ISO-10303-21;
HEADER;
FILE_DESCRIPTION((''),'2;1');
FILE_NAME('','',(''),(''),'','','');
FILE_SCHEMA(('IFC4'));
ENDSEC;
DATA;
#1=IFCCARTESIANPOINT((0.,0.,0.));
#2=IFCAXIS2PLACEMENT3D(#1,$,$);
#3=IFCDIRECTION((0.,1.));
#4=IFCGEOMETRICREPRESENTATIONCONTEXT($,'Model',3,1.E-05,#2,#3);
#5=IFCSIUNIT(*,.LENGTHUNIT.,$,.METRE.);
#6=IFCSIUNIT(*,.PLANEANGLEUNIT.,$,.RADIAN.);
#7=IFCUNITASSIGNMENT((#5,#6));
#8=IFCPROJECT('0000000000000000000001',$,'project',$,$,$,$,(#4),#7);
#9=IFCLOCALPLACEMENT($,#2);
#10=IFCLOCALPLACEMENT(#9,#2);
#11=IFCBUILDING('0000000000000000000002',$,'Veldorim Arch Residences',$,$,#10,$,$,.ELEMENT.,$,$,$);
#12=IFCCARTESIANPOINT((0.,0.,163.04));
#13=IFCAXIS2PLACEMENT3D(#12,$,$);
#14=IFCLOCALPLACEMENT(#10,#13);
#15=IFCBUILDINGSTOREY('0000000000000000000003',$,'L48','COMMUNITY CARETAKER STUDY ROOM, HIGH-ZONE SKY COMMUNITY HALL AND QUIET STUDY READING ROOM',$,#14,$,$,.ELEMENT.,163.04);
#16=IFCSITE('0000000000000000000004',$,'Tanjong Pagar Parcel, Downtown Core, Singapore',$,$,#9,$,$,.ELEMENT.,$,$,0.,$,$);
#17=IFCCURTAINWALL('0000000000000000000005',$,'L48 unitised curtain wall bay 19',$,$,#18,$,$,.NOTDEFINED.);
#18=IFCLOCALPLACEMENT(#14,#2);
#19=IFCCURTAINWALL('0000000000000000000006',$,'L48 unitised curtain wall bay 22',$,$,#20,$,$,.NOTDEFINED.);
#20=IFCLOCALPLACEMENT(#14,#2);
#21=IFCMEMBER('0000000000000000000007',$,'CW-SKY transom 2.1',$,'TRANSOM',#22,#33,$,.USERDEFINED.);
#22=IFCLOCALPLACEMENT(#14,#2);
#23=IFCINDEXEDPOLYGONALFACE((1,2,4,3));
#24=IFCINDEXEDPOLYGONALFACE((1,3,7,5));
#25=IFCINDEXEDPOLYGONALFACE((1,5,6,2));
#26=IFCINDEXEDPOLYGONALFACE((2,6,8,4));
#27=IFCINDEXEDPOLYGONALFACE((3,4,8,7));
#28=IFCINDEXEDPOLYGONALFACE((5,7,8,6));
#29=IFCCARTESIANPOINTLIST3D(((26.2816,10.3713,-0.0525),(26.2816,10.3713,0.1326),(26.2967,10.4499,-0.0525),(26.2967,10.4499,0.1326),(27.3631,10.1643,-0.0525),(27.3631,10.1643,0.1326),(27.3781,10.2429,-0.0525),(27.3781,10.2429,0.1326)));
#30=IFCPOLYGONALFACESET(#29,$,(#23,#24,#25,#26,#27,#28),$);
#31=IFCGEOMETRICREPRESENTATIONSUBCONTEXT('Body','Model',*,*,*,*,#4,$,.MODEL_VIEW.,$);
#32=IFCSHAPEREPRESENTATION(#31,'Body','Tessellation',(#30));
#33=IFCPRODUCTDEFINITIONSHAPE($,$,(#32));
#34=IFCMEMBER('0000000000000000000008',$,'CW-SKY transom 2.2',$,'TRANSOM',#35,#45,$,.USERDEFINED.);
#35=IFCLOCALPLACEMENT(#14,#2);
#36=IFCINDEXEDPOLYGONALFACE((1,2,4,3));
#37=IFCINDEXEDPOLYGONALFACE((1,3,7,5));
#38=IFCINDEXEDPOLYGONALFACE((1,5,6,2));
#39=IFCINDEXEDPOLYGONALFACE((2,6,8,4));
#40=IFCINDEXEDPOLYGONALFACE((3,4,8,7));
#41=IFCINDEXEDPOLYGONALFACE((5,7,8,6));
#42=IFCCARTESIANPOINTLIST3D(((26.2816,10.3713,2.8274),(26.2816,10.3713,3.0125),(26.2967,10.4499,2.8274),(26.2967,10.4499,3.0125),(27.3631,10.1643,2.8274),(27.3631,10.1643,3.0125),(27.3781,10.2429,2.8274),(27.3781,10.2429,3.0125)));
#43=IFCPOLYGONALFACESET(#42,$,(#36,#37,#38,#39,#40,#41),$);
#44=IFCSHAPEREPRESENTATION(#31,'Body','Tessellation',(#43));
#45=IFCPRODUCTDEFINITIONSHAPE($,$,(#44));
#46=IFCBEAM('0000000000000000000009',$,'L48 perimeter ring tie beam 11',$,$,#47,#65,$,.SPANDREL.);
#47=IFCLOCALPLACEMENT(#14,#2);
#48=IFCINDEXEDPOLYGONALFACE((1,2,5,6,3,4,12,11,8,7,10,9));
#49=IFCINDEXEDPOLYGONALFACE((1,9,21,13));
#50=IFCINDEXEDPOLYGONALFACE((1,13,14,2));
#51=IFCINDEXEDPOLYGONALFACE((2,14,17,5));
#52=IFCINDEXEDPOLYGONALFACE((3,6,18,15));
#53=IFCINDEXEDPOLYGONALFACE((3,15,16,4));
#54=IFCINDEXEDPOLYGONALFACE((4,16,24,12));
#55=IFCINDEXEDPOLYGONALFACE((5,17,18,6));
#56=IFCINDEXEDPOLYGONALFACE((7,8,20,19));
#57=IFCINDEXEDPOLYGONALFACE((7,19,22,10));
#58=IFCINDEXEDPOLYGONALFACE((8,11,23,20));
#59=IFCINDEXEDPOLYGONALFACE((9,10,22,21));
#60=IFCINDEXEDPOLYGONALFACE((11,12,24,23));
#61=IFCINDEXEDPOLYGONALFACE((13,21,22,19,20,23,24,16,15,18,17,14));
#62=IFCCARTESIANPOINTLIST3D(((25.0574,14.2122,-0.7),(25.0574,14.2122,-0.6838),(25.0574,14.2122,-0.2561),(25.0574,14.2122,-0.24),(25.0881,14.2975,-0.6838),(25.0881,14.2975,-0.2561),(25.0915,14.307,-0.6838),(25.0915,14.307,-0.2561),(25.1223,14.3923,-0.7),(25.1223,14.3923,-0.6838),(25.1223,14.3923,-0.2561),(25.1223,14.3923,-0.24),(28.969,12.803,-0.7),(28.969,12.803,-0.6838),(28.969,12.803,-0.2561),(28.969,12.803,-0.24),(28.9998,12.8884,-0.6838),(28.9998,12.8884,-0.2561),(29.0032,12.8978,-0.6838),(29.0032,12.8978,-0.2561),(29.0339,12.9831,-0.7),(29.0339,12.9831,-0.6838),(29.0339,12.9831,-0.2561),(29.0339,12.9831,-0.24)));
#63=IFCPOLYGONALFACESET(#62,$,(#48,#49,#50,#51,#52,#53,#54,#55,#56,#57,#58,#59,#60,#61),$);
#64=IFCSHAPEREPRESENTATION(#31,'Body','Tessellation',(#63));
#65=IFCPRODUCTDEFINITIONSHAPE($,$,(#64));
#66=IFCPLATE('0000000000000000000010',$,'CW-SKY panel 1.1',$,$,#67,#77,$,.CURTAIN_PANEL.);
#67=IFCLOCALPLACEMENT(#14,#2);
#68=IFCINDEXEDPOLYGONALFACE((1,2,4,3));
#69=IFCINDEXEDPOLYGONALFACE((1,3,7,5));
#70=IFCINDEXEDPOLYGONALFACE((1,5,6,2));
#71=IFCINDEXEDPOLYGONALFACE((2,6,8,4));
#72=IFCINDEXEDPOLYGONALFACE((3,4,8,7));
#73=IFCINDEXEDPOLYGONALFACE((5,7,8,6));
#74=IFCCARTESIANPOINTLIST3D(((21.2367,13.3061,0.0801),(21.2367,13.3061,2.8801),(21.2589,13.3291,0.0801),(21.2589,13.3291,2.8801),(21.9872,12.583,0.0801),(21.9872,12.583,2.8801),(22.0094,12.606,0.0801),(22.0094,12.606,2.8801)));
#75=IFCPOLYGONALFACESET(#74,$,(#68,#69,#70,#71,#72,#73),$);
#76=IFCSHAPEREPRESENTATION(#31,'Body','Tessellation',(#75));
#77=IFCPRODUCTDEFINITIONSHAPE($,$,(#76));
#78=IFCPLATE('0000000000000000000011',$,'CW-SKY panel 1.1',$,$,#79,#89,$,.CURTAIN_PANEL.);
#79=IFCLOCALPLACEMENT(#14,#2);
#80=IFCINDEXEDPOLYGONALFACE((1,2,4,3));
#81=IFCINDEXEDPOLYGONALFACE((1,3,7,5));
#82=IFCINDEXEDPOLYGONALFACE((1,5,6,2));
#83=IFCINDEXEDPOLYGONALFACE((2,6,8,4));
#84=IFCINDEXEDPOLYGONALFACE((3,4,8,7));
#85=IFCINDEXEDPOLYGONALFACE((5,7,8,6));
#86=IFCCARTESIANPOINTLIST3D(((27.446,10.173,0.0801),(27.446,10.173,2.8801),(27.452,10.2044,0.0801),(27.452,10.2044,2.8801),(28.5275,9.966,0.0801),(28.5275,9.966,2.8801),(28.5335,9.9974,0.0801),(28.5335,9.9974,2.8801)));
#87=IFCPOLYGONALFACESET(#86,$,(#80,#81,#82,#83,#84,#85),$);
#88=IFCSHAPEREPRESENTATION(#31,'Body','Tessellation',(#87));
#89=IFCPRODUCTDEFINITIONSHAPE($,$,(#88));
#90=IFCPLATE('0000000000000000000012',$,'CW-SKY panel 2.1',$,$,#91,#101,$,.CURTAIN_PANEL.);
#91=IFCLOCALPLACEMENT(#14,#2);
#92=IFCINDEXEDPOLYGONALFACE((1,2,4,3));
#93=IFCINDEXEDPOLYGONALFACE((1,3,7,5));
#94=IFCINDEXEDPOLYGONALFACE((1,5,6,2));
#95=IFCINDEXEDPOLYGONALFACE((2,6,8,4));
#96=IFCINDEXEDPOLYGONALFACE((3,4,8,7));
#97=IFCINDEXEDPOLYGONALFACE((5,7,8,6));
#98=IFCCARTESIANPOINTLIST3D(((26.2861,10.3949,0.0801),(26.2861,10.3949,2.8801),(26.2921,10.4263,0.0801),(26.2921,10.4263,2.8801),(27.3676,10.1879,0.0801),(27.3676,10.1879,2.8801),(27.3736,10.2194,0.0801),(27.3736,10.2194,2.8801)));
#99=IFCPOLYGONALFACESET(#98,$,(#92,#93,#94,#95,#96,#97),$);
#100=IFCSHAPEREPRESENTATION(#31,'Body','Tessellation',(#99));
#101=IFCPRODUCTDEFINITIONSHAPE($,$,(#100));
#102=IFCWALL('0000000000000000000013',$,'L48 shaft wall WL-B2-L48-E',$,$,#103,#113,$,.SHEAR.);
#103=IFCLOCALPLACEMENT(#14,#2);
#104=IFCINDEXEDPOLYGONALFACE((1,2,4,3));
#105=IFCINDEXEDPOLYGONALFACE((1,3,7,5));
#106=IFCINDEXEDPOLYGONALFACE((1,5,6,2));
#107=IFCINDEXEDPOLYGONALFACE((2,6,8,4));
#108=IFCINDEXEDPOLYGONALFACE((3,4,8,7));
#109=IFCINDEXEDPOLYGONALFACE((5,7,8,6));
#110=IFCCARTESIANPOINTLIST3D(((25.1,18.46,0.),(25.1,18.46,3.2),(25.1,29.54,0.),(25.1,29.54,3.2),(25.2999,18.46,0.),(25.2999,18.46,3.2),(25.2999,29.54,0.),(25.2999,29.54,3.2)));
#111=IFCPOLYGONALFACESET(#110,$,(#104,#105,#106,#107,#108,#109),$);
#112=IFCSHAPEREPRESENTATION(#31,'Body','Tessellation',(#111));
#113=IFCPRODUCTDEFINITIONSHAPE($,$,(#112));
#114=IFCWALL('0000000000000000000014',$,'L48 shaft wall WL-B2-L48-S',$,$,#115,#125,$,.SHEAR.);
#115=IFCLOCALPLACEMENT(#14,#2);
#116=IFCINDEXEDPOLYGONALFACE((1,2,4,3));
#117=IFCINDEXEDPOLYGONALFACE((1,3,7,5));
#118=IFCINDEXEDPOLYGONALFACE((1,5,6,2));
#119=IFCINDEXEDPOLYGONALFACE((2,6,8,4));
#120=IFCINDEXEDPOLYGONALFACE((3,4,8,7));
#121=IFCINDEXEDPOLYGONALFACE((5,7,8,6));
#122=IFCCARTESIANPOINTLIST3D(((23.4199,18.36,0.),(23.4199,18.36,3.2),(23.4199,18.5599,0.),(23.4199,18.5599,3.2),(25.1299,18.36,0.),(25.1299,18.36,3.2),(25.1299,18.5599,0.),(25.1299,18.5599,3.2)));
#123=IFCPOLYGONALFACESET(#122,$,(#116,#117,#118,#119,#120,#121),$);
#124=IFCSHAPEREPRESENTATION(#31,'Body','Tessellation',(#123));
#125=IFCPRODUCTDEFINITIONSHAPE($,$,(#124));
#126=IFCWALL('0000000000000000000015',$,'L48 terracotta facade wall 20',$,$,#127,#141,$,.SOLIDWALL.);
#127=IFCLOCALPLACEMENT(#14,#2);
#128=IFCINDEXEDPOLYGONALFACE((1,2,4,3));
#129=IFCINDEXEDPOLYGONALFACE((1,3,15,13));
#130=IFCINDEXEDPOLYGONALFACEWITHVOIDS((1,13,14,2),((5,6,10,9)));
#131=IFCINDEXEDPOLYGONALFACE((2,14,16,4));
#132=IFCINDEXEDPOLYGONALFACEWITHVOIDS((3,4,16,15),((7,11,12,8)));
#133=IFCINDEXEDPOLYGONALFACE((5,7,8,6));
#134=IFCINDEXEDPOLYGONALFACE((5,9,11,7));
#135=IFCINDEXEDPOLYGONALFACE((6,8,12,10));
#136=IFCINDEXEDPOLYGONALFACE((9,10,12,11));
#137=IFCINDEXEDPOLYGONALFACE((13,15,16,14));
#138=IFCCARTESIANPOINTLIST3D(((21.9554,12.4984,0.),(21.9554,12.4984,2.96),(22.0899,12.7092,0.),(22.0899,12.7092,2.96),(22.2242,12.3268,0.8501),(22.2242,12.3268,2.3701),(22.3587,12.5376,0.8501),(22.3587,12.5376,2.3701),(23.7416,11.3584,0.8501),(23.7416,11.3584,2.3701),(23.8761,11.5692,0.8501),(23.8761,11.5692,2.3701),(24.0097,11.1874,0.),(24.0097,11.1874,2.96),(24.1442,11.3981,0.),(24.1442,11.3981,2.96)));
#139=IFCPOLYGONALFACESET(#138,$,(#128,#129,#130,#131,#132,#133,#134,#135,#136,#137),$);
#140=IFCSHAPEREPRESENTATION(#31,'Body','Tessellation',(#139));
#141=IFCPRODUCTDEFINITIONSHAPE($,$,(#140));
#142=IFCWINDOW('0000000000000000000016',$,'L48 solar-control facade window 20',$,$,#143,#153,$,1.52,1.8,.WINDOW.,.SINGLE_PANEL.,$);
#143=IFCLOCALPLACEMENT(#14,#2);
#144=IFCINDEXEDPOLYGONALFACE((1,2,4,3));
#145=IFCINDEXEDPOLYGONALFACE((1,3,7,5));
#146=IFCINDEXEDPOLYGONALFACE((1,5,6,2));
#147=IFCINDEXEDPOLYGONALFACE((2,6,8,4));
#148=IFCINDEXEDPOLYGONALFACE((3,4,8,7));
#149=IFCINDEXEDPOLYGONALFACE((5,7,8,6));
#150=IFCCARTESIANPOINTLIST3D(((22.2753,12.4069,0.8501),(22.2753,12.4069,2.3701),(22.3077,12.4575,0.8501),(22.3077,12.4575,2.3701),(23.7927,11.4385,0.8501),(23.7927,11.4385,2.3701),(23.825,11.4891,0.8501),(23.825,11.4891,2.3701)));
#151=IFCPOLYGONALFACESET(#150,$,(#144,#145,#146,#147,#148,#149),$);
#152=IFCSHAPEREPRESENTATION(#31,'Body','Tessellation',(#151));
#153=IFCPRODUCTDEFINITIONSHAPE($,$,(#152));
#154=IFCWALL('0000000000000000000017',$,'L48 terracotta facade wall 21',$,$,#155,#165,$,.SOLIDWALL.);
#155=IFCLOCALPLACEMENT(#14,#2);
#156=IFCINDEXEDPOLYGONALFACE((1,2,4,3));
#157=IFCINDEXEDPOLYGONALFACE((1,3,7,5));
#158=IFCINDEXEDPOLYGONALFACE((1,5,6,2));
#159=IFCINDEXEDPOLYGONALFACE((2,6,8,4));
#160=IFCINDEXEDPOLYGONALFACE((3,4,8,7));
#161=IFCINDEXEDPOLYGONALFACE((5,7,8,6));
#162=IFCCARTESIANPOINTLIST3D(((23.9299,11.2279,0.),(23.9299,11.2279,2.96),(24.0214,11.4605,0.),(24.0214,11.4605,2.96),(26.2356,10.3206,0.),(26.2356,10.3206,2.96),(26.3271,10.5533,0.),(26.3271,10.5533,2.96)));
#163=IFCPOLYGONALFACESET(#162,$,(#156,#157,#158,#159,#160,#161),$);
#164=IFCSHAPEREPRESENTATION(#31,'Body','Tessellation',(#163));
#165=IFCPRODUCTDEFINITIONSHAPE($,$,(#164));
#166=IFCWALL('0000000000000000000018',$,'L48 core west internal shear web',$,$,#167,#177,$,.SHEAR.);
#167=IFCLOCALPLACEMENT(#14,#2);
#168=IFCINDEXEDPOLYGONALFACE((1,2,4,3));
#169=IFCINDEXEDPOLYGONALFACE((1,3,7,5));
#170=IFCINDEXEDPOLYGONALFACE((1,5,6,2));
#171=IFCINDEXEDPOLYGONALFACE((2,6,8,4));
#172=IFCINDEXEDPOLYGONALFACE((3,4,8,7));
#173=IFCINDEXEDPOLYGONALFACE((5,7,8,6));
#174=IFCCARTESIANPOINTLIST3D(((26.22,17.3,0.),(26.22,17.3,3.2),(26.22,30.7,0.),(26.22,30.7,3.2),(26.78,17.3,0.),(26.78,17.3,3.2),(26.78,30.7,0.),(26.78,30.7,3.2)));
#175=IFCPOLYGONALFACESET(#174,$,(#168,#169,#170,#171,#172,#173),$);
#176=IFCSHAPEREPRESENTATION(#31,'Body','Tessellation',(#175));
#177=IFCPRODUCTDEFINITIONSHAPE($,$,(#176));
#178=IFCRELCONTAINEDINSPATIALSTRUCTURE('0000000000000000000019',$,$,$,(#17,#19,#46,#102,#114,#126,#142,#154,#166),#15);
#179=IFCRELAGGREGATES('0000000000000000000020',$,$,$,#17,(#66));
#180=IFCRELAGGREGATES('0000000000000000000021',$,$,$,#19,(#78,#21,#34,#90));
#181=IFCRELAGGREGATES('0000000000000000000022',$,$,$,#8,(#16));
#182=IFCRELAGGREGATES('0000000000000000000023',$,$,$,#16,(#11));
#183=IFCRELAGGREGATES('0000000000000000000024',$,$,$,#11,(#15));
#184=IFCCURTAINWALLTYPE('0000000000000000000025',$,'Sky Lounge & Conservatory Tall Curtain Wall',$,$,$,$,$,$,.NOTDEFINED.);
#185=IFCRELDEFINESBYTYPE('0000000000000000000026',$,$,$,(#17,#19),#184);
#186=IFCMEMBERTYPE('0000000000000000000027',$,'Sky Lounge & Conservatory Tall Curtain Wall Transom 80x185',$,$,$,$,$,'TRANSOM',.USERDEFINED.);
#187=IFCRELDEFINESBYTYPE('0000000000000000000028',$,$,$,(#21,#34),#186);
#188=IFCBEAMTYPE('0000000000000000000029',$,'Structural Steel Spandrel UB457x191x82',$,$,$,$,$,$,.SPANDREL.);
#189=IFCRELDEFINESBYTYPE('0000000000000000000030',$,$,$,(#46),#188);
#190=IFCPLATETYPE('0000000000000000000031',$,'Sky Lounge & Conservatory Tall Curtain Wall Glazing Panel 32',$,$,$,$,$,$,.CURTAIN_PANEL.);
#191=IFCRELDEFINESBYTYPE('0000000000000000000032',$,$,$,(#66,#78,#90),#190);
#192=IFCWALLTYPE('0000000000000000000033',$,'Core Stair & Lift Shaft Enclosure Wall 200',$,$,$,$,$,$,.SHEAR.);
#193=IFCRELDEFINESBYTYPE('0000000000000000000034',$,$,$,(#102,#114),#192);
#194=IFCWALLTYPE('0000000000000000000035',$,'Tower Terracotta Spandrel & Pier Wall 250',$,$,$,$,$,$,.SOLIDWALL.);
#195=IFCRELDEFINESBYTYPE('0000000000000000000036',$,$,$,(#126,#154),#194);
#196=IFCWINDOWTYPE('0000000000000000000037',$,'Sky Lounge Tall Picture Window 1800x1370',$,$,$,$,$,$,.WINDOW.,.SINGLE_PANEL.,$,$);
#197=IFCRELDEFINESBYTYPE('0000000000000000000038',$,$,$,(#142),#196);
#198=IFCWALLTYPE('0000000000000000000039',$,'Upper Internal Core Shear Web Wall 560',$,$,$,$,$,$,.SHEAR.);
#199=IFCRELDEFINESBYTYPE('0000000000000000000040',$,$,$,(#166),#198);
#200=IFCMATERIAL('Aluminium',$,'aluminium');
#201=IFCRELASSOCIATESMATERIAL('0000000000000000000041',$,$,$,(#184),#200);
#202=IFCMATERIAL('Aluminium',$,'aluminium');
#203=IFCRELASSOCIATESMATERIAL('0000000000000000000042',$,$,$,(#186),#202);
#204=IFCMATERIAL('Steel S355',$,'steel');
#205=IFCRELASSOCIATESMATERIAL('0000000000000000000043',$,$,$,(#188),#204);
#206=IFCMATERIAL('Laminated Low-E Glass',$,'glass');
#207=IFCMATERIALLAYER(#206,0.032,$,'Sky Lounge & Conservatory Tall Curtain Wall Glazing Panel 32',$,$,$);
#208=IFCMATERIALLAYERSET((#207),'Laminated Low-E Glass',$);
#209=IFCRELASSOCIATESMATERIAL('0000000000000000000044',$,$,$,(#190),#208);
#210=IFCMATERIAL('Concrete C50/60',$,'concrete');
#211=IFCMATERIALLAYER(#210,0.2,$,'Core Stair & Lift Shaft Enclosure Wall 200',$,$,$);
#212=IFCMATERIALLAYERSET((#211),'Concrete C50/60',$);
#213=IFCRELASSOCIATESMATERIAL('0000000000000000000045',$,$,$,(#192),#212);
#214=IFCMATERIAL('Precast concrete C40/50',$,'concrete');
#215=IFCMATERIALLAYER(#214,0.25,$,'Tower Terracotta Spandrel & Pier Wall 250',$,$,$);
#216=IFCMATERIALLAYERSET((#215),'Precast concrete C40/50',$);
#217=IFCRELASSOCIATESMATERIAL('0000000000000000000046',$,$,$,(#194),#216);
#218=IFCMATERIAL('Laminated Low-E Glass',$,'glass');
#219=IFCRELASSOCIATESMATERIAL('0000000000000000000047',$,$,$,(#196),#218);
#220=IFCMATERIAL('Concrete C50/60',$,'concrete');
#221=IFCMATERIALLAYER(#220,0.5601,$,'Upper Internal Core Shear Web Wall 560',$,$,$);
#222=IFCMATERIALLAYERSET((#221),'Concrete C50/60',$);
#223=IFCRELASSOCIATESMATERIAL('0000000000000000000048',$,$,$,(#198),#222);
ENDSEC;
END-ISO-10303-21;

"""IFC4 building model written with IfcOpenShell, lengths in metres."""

from ifc_helpers import new_model, si_unit, direction, frame, frame_2d, origin, origin_2d, place, context, subcontext, project, spatial, rectangle, i_section, extrude, material, layer, layer_set, material_profile, profile_set, type_object, element, fill, aggregate, save


model = new_model("IFC4")

# Units and contexts
model_context = context("Model", 3, precision=1e-05, world=origin(), true_north=direction((0.0, 1.0)))
body_context = subcontext(model_context, "Body", "Model", "MODEL_VIEW")
ifc_project = project(units=[si_unit("LENGTHUNIT", "METRE"), si_unit("PLANEANGLEUNIT", "RADIAN")], contexts=[model_context])

# Site, building, storey
site_placement = place(None, origin())
site = spatial("IfcSite", under=ifc_project, at=site_placement, Name="Tanjong Pagar Parcel, Downtown Core, Singapore", CompositionType="ELEMENT", RefElevation=0.0)
building_placement = place(site_placement, origin())
building = spatial("IfcBuilding", under=site, at=building_placement, Name="Veldorim Arch Residences", CompositionType="ELEMENT")
storey_placement = place(building_placement, frame((0.0, 0.0, 163.04)))
storey = spatial("IfcBuildingStorey", under=building, at=storey_placement, Name="L48", Description="COMMUNITY CARETAKER STUDY ROOM, HIGH-ZONE SKY COMMUNITY HALL AND QUIET STUDY READING ROOM", CompositionType="ELEMENT", Elevation=163.04)

# Curtain wall
ifc_material_1 = material(Name="Aluminium", Category="aluminium")
curtain_wall_type = type_object("IfcCurtainWallType", Name="Sky Lounge & Conservatory Tall Curtain Wall", PredefinedType="NOTDEFINED", material=ifc_material_1)
curtain_wall_1_placement = place(storey_placement, origin())
curtain_wall_1 = element("IfcCurtainWall", 1, at=curtain_wall_1_placement, inside=storey, type_object=curtain_wall_type, Name="L48 unitised curtain wall bay 19", PredefinedType="NOTDEFINED")

# Curtain wall
curtain_wall_2_placement = place(storey_placement, origin())
curtain_wall_2 = element("IfcCurtainWall", 2, at=curtain_wall_2_placement, inside=storey, type_object=curtain_wall_type, Name="L48 unitised curtain wall bay 22", PredefinedType="NOTDEFINED")

# Members
ifc_material_2 = material(Name="Aluminium", Category="aluminium")
ifc_material_profile_1 = material_profile(ifc_material_2, rectangle(XDim=0.0801, YDim=0.1851, at=origin_2d()), Name="ALU_TRN_80x185")
ifc_profile_set_1 = profile_set([ifc_material_profile_1], Name="Aluminium")
member_type_1 = type_object("IfcMemberType", Name="Sky Lounge & Conservatory Tall Curtain Wall Transom 80x185", ElementType="TRANSOM", PredefinedType="USERDEFINED", material=ifc_profile_set_1)
member_1_placement = place(storey_placement, frame((27.3706, 10.2036, 0.04), z_axis=(-0.982167, 0.188009, 0.0), x_axis=(-0.188009, -0.982167, 0.0)))
member_1 = element("IfcMember", 3, at=member_1_placement, type_object=member_type_1, Name="CW-SKY transom 2.1", ObjectType="TRANSOM", PredefinedType="USERDEFINED", context=body_context, shape_type="SweptSolid", body=[
    extrude(rectangle(XDim=0.0801, YDim=0.1851, at=origin_2d()), origin(), (0.0, 0.0, 1.0), 1.1011),
])
member_2_placement = place(storey_placement, frame((27.3706, 10.2036, 2.9199), z_axis=(-0.982167, 0.188009, 0.0), x_axis=(-0.188009, -0.982167, 0.0)))
member_2 = element("IfcMember", 4, at=member_2_placement, type_object=member_type_1, Name="CW-SKY transom 2.2", ObjectType="TRANSOM", PredefinedType="USERDEFINED", context=body_context, shape_type="SweptSolid", body=[
    extrude(rectangle(XDim=0.0801, YDim=0.1851, at=origin_2d()), origin(), (0.0, 0.0, 1.0), 1.1011),
])

# Beam
ifc_material_3 = material(Name="Steel S355", Category="steel")
ifc_material_profile_2 = material_profile(ifc_material_3, i_section(OverallWidth=0.1914, OverallDepth=0.46, WebThickness=0.01, FlangeThickness=0.0161, at=origin_2d()), Name="UB457x191x82")
ifc_profile_set_2 = profile_set([ifc_material_profile_2], Name="Steel S355")
beam_type = type_object("IfcBeamType", Name="Structural Steel Spandrel UB457x191x82", PredefinedType="SPANDREL", material=ifc_profile_set_2)
beam_placement = place(storey_placement, frame((25.0898, 14.3022, -0.47), z_axis=(0.940811, -0.338932, 0.0), x_axis=(0.338932, 0.940811, 0.0)))
element("IfcBeam", 5, at=beam_placement, inside=storey, type_object=beam_type, Name="L48 perimeter ring tie beam 11", PredefinedType="SPANDREL", context=body_context, shape_type="SweptSolid", body=[
    extrude(i_section(OverallWidth=0.1914, OverallDepth=0.46, WebThickness=0.01, FlangeThickness=0.0161, at=origin_2d()), origin(), (0.0, 0.0, 1.0), 4.1577),
])

# Plates
ifc_material_4 = material(Name="Laminated Low-E Glass", Category="glass")
ifc_layer_1 = layer(ifc_material_4, 0.032, Name="Sky Lounge & Conservatory Tall Curtain Wall Glazing Panel 32")
ifc_layer_set_1 = layer_set([ifc_layer_1], Name="Laminated Low-E Glass")
plate_type = type_object("IfcPlateType", Name="Sky Lounge & Conservatory Tall Curtain Wall Glazing Panel 32", PredefinedType="CURTAIN_PANEL", material=ifc_layer_set_1)
plate_1_placement = place(storey_placement, frame((21.623, 12.9561, 0.0801), z_axis=(0.0, 0.0, 1.0), x_axis=(-0.720147, 0.693821, 0.0)))
plate_1 = element("IfcPlate", 6, at=plate_1_placement, type_object=plate_type, Name="CW-SKY panel 1.1", PredefinedType="CURTAIN_PANEL", context=body_context, shape_type="SweptSolid", body=[
    extrude(rectangle(XDim=1.0422, YDim=0.032, at=origin_2d()), origin(), (0.0, 0.0, 1.0), 2.8),
])
aggregate(curtain_wall_1, [plate_1])
plate_2_placement = place(storey_placement, frame((27.9897, 10.0852, 0.0801), z_axis=(0.0, 0.0, 1.0), x_axis=(-0.982177, 0.187959, 0.0)))
plate_2 = element("IfcPlate", 7, at=plate_2_placement, type_object=plate_type, Name="CW-SKY panel 1.1", PredefinedType="CURTAIN_PANEL", context=body_context, shape_type="SweptSolid", body=[
    extrude(rectangle(XDim=1.1011, YDim=0.032, at=origin_2d()), origin(), (0.0, 0.0, 1.0), 2.8),
])
plate_3_placement = place(storey_placement, frame((26.8298, 10.3071, 0.0801), z_axis=(0.0, 0.0, 1.0), x_axis=(-0.982177, 0.187959, 0.0)))
plate_3 = element("IfcPlate", 8, at=plate_3_placement, type_object=plate_type, Name="CW-SKY panel 2.1", PredefinedType="CURTAIN_PANEL", context=body_context, shape_type="SweptSolid", body=[
    extrude(rectangle(XDim=1.1011, YDim=0.032, at=origin_2d()), origin(), (0.0, 0.0, 1.0), 2.8),
])
aggregate(curtain_wall_2, [plate_2, member_1, member_2, plate_3])

# Walls
ifc_material_5 = material(Name="Concrete C50/60", Category="concrete")
ifc_layer_2 = layer(ifc_material_5, 0.2, Name="Core Stair & Lift Shaft Enclosure Wall 200")
ifc_layer_set_2 = layer_set([ifc_layer_2], Name="Concrete C50/60")
wall_type_1 = type_object("IfcWallType", Name="Core Stair & Lift Shaft Enclosure Wall 200", PredefinedType="SHEAR", material=ifc_layer_set_2)
wall_1_placement = place(storey_placement, frame((25.2, 18.46, 0.0), z_axis=(0.0, 0.0, 1.0), x_axis=(0.0, 1.0, 0.0)))
element("IfcWall", 9, at=wall_1_placement, inside=storey, type_object=wall_type_1, Name="L48 shaft wall WL-B2-L48-E", PredefinedType="SHEAR", context=body_context, shape_type="SweptSolid", body=[
    extrude(rectangle(XDim=11.0801, YDim=0.2, at=frame_2d((5.54, 0.0))), origin(), (0.0, 0.0, 1.0), 3.2),
])
wall_2_placement = place(storey_placement, frame((23.4199, 18.46, 0.0), z_axis=(0.0, 0.0, 1.0), x_axis=(1.0, 0.0, 0.0)))
element("IfcWall", 10, at=wall_2_placement, inside=storey, type_object=wall_type_1, Name="L48 shaft wall WL-B2-L48-S", PredefinedType="SHEAR", context=body_context, shape_type="SweptSolid", body=[
    extrude(rectangle(XDim=1.71, YDim=0.2, at=frame_2d((0.855, 0.0))), origin(), (0.0, 0.0, 1.0), 3.2),
])

# Wall, opening, window
ifc_material_6 = material(Name="Precast concrete C40/50", Category="concrete")
ifc_layer_3 = layer(ifc_material_6, 0.25, Name="Tower Terracotta Spandrel & Pier Wall 250")
ifc_layer_set_3 = layer_set([ifc_layer_3], Name="Precast concrete C40/50")
wall_type_2 = type_object("IfcWallType", Name="Tower Terracotta Spandrel & Pier Wall 250", PredefinedType="SOLIDWALL", material=ifc_layer_set_3)
wall_3_placement = place(storey_placement, frame((24.0769, 11.2927, 0.0), z_axis=(0.0, 0.0, 1.0), x_axis=(-0.842951, 0.53799, 0.0)))
wall_3 = element("IfcWall", 11, at=wall_3_placement, inside=storey, type_object=wall_type_2, Name="L48 terracotta facade wall 20", PredefinedType="SOLIDWALL", context=body_context, shape_type="SweptSolid", body=[
    extrude(rectangle(XDim=2.437, YDim=0.25, at=frame_2d((1.2185, 0.0))), origin(), (0.0, 0.0, 1.0), 2.96),
])
opening_1_placement = place(wall_3_placement, frame((0.3181, 0.0, 0.8501)))
opening_1 = element("IfcOpeningElement", 12, at=opening_1_placement, cuts=wall_3, PredefinedType="OPENING", context=body_context, shape_type="SweptSolid", body=[
    extrude(rectangle(XDim=1.8, YDim=1.52, at=frame_2d((0.8999, 0.76))), frame((0.0, 0.135, 0.0), z_axis=(0.0, -1.0, 0.0), x_axis=(1.0, 0.0, 0.0)), (0.0, 0.0, 1.0), 0.27),
])
ifc_material_7 = material(Name="Laminated Low-E Glass", Category="glass")
window_type = type_object("IfcWindowType", Name="Sky Lounge Tall Picture Window 1800x1370", PartitioningType="SINGLE_PANEL", PredefinedType="WINDOW", material=ifc_material_7)
window_placement = place(opening_1_placement, origin())
window = element("IfcWindow", 13, at=window_placement, inside=storey, type_object=window_type, Name="L48 solar-control facade window 20", OverallHeight=1.52, OverallWidth=1.8, PartitioningType="SINGLE_PANEL", PredefinedType="WINDOW", context=body_context, shape_type="SweptSolid", body=[
    extrude(rectangle(XDim=1.8, YDim=1.52, at=frame_2d((0.8999, 0.76))), frame((0.0, 0.03, 0.0), z_axis=(0.0, -1.0, 0.0), x_axis=(1.0, 0.0, 0.0)), (0.0, 0.0, 1.0), 0.0601),
])
fill(opening_1, window)

# Walls
wall_4_placement = place(storey_placement, frame((26.2812, 10.437, 0.0), z_axis=(0.0, 0.0, 1.0), x_axis=(-0.930555, 0.366152, 0.0)))
element("IfcWall", 14, at=wall_4_placement, inside=storey, type_object=wall_type_2, Name="L48 terracotta facade wall 21", PredefinedType="SOLIDWALL", context=body_context, shape_type="SweptSolid", body=[
    extrude(rectangle(XDim=2.4778, YDim=0.25, at=frame_2d((1.2388, 0.0))), origin(), (0.0, 0.0, 1.0), 2.96),
])
ifc_material_8 = material(Name="Concrete C50/60", Category="concrete")
ifc_layer_4 = layer(ifc_material_8, 0.5601, Name="Upper Internal Core Shear Web Wall 560")
ifc_layer_set_4 = layer_set([ifc_layer_4], Name="Concrete C50/60")
wall_type_3 = type_object("IfcWallType", Name="Upper Internal Core Shear Web Wall 560", PredefinedType="SHEAR", material=ifc_layer_set_4)
wall_5_placement = place(storey_placement, frame((26.5, 17.3, 0.0), z_axis=(0.0, 0.0, 1.0), x_axis=(0.0, 1.0, 0.0)))
element("IfcWall", 15, at=wall_5_placement, inside=storey, type_object=wall_type_3, Name="L48 core west internal shear web", PredefinedType="SHEAR", context=body_context, shape_type="SweptSolid", body=[
    extrude(rectangle(XDim=13.3999, YDim=0.5601, at=frame_2d((6.7, 0.0))), origin(), (0.0, 0.0, 1.0), 3.2),
])

save(model, "model.ifc")
